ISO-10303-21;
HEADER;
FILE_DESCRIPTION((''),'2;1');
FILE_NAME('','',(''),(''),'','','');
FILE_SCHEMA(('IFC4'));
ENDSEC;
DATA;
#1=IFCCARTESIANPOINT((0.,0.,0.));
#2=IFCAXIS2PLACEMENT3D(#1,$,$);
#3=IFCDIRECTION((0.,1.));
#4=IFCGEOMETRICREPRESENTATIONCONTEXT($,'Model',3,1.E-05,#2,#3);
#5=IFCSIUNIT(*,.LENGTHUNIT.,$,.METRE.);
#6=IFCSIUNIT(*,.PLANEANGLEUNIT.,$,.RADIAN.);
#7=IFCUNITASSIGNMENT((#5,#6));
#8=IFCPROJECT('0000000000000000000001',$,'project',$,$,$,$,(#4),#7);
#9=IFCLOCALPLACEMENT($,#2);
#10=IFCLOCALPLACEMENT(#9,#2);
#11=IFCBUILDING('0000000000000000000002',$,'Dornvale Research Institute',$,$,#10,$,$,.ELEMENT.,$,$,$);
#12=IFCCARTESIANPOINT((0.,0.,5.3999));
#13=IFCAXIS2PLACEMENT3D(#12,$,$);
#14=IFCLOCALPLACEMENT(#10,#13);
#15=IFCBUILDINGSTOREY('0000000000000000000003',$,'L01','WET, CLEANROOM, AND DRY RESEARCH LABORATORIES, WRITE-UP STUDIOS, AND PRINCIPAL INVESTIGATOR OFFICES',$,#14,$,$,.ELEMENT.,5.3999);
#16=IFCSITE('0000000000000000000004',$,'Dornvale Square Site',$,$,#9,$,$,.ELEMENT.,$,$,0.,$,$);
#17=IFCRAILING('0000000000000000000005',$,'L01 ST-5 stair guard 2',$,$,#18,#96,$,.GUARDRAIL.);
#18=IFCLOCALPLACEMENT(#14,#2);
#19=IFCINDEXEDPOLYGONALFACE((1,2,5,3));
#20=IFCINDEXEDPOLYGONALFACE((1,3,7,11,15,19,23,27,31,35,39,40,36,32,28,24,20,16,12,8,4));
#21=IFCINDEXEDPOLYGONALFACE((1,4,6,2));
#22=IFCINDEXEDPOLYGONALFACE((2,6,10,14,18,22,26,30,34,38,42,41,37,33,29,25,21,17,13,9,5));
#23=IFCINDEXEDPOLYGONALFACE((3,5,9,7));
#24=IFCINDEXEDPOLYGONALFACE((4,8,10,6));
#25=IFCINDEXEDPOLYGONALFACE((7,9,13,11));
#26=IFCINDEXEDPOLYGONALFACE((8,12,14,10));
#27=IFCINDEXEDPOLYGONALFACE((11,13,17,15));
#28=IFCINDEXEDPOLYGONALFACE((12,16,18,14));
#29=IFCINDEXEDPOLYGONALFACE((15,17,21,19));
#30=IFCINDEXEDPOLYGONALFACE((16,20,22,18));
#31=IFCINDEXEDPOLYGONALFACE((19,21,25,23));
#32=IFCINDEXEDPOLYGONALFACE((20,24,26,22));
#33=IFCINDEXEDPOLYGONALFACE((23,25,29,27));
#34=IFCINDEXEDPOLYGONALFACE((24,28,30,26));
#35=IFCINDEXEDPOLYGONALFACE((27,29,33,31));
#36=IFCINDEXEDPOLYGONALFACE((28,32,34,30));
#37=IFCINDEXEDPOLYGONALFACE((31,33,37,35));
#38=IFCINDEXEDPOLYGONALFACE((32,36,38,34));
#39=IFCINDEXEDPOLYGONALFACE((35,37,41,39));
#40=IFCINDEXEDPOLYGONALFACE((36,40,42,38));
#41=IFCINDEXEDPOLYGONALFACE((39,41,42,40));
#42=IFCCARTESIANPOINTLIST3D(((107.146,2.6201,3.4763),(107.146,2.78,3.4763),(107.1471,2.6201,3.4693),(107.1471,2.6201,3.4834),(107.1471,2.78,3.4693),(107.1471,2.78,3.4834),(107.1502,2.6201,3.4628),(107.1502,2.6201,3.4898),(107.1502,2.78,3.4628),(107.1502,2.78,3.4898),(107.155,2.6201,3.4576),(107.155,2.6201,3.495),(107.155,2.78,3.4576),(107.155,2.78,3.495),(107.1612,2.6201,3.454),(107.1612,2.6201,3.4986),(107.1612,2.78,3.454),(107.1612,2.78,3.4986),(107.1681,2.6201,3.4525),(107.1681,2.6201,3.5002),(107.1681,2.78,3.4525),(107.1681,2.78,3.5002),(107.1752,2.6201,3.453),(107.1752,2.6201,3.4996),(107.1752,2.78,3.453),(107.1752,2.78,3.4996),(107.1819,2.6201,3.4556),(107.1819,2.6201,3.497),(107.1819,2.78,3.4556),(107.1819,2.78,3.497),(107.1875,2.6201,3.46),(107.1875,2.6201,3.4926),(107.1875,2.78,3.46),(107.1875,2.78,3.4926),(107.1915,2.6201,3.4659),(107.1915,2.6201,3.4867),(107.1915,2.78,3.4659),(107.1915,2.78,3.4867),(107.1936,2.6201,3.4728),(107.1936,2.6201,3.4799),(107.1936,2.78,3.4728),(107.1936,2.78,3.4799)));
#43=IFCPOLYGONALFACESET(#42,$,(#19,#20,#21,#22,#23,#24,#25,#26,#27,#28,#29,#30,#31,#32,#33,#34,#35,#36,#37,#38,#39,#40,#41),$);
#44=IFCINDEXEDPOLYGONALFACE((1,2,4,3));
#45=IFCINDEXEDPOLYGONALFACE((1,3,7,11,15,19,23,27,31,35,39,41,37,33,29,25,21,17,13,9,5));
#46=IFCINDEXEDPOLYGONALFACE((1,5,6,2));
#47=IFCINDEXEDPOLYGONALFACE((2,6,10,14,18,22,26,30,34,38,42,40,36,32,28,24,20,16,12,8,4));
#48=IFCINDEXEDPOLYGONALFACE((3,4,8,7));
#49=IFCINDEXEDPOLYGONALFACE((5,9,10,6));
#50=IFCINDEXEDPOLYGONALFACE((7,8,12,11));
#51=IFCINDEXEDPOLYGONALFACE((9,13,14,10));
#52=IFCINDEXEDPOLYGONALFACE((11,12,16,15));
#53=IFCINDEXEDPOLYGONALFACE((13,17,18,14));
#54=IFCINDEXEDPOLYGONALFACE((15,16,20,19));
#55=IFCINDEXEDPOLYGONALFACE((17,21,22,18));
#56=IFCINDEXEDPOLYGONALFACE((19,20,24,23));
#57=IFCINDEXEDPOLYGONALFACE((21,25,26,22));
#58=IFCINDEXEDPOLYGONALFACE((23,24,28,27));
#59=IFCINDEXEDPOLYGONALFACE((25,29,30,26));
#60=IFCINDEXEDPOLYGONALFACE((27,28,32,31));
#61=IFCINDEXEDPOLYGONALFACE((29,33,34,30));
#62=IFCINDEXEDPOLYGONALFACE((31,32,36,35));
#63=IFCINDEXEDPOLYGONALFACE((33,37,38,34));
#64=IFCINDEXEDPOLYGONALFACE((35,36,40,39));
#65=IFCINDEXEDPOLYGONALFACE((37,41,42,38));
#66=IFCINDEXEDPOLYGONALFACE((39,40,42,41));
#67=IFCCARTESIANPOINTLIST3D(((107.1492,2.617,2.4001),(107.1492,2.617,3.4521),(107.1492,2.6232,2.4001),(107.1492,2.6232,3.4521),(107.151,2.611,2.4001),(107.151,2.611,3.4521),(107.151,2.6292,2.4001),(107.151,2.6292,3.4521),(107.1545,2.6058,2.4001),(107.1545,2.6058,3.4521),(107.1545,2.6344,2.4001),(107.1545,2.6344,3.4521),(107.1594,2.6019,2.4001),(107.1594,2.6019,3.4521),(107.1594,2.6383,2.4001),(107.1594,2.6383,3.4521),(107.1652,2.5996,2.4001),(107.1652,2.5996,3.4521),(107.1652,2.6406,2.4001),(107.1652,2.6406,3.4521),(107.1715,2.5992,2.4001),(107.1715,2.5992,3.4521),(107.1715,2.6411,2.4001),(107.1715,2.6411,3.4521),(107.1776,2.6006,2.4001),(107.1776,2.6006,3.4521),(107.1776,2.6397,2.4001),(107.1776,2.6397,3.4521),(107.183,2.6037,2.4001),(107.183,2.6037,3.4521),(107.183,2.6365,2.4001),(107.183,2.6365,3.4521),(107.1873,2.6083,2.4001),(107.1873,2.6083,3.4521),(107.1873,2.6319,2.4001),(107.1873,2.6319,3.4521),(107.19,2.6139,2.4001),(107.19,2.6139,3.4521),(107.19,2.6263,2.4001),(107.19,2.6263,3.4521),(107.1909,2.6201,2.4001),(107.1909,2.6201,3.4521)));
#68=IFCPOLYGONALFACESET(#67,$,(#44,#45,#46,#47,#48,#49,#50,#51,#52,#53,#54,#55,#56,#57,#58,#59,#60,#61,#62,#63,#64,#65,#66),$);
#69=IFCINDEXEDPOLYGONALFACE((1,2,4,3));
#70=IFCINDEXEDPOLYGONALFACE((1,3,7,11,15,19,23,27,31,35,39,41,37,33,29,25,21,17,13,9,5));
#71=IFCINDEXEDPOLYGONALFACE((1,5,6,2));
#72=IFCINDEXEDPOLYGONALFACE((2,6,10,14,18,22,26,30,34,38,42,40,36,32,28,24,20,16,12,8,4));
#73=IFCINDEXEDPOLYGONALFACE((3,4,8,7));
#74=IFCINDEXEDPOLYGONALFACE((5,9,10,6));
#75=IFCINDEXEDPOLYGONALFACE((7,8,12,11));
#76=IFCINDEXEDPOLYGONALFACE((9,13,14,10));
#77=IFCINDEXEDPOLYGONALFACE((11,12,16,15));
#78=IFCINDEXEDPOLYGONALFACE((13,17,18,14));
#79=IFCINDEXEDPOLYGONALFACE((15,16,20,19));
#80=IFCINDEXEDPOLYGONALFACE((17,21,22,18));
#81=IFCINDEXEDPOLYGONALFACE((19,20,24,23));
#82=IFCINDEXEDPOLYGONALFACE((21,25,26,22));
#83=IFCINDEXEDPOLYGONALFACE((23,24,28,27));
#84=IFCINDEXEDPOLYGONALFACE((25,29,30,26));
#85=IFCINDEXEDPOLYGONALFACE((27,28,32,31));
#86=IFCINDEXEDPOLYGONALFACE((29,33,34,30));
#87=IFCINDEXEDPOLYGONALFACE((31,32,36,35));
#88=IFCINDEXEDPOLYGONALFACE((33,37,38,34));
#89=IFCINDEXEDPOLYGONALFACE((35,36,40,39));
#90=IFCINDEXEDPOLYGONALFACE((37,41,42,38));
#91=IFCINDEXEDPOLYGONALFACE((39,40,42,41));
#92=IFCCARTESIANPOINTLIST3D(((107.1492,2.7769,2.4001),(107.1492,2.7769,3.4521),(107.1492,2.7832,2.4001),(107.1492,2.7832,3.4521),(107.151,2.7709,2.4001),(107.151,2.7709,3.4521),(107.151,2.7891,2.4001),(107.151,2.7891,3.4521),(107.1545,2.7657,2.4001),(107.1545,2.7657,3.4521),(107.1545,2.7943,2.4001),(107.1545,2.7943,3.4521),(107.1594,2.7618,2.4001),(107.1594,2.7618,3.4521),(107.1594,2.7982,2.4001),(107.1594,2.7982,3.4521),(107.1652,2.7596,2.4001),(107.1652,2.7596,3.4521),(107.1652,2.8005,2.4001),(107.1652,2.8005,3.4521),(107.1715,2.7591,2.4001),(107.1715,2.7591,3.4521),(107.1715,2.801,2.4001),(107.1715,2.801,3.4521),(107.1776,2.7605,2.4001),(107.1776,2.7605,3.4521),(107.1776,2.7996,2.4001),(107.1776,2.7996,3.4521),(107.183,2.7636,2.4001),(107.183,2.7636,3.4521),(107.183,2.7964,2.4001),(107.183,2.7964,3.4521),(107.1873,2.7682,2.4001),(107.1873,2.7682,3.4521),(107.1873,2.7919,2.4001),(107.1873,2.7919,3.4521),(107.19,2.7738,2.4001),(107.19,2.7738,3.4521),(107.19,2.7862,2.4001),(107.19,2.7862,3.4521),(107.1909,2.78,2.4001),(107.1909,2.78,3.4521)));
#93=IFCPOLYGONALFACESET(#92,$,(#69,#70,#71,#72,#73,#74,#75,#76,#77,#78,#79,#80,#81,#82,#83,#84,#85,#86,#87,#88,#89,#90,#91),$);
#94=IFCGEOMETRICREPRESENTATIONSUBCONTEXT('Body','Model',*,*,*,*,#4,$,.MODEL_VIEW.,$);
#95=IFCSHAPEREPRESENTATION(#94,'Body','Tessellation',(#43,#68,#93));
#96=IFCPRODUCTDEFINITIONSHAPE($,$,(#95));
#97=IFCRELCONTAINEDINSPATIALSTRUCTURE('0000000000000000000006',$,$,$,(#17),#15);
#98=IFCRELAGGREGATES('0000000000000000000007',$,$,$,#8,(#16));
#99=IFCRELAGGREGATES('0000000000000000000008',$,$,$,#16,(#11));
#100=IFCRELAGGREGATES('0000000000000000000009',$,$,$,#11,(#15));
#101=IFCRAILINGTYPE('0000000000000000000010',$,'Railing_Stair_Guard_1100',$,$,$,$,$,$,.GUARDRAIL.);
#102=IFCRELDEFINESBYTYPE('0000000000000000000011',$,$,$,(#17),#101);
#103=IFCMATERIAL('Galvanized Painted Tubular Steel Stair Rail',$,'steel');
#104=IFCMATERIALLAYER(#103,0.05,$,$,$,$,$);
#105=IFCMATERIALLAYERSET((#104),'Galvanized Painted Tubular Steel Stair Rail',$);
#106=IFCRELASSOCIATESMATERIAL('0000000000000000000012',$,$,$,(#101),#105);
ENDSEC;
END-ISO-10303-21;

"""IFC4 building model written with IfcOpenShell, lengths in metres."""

from ifc_helpers import new_model, si_unit, direction, frame, origin, origin_2d, place, context, subcontext, project, spatial, circle, extrude, material, layer, layer_set, type_object, element, save


model = new_model("IFC4")

# Units and contexts
model_context = context("Model", 3, precision=1e-05, world=origin(), true_north=direction((0.0, 1.0)))
body_context = subcontext(model_context, "Body", "Model", "MODEL_VIEW")
ifc_project = project(units=[si_unit("LENGTHUNIT", "METRE"), si_unit("PLANEANGLEUNIT", "RADIAN")], contexts=[model_context])

# Site, building, storey
site_placement = place(None, origin())
site = spatial("IfcSite", under=ifc_project, at=site_placement, Name="Dornvale Square Site", CompositionType="ELEMENT", RefElevation=0.0)
building_placement = place(site_placement, origin())
building = spatial("IfcBuilding", under=site, at=building_placement, Name="Dornvale Research Institute", CompositionType="ELEMENT")
storey_placement = place(building_placement, frame((0.0, 0.0, 5.3999)))
storey = spatial("IfcBuildingStorey", under=building, at=storey_placement, Name="L01", Description="WET, CLEANROOM, AND DRY RESEARCH LABORATORIES, WRITE-UP STUDIOS, AND PRINCIPAL INVESTIGATOR OFFICES", CompositionType="ELEMENT", Elevation=5.3999)

# Railing
ifc_material_1 = material(Name="Galvanized Painted Tubular Steel Stair Rail", Category="steel")
ifc_layer_1 = layer(ifc_material_1, 0.05)
ifc_layer_set_1 = layer_set([ifc_layer_1], Name="Galvanized Painted Tubular Steel Stair Rail")
railing_type_1 = type_object("IfcRailingType", Name="Railing_Stair_Guard_1100", PredefinedType="GUARDRAIL", material=ifc_layer_set_1)
railing_1_placement = place(storey_placement, frame((107.1699, 2.6201, 2.4001)))
element("IfcRailing", 1, at=railing_1_placement, inside=storey, type_object=railing_type_1, Name="L01 ST-5 stair guard 2", PredefinedType="GUARDRAIL", context=body_context, shape_type="SweptSolid", body=[
    extrude(circle(Radius=0.0239, at=origin_2d()), frame((0.0, 0.0, 1.0762), z_axis=(0.0, 1.0, 0.0), x_axis=(-1.0, 0.0, 0.0)), (0.0, 0.0, 1.0), 0.1599),
    extrude(circle(Radius=0.021, at=origin_2d()), origin(), (0.0, 0.0, 1.0), 1.052),
    extrude(circle(Radius=0.021, at=origin_2d()), frame((0.0, 0.1599, 0.0)), (0.0, 0.0, 1.0), 1.052),
])

save(model, "model.ifc")
